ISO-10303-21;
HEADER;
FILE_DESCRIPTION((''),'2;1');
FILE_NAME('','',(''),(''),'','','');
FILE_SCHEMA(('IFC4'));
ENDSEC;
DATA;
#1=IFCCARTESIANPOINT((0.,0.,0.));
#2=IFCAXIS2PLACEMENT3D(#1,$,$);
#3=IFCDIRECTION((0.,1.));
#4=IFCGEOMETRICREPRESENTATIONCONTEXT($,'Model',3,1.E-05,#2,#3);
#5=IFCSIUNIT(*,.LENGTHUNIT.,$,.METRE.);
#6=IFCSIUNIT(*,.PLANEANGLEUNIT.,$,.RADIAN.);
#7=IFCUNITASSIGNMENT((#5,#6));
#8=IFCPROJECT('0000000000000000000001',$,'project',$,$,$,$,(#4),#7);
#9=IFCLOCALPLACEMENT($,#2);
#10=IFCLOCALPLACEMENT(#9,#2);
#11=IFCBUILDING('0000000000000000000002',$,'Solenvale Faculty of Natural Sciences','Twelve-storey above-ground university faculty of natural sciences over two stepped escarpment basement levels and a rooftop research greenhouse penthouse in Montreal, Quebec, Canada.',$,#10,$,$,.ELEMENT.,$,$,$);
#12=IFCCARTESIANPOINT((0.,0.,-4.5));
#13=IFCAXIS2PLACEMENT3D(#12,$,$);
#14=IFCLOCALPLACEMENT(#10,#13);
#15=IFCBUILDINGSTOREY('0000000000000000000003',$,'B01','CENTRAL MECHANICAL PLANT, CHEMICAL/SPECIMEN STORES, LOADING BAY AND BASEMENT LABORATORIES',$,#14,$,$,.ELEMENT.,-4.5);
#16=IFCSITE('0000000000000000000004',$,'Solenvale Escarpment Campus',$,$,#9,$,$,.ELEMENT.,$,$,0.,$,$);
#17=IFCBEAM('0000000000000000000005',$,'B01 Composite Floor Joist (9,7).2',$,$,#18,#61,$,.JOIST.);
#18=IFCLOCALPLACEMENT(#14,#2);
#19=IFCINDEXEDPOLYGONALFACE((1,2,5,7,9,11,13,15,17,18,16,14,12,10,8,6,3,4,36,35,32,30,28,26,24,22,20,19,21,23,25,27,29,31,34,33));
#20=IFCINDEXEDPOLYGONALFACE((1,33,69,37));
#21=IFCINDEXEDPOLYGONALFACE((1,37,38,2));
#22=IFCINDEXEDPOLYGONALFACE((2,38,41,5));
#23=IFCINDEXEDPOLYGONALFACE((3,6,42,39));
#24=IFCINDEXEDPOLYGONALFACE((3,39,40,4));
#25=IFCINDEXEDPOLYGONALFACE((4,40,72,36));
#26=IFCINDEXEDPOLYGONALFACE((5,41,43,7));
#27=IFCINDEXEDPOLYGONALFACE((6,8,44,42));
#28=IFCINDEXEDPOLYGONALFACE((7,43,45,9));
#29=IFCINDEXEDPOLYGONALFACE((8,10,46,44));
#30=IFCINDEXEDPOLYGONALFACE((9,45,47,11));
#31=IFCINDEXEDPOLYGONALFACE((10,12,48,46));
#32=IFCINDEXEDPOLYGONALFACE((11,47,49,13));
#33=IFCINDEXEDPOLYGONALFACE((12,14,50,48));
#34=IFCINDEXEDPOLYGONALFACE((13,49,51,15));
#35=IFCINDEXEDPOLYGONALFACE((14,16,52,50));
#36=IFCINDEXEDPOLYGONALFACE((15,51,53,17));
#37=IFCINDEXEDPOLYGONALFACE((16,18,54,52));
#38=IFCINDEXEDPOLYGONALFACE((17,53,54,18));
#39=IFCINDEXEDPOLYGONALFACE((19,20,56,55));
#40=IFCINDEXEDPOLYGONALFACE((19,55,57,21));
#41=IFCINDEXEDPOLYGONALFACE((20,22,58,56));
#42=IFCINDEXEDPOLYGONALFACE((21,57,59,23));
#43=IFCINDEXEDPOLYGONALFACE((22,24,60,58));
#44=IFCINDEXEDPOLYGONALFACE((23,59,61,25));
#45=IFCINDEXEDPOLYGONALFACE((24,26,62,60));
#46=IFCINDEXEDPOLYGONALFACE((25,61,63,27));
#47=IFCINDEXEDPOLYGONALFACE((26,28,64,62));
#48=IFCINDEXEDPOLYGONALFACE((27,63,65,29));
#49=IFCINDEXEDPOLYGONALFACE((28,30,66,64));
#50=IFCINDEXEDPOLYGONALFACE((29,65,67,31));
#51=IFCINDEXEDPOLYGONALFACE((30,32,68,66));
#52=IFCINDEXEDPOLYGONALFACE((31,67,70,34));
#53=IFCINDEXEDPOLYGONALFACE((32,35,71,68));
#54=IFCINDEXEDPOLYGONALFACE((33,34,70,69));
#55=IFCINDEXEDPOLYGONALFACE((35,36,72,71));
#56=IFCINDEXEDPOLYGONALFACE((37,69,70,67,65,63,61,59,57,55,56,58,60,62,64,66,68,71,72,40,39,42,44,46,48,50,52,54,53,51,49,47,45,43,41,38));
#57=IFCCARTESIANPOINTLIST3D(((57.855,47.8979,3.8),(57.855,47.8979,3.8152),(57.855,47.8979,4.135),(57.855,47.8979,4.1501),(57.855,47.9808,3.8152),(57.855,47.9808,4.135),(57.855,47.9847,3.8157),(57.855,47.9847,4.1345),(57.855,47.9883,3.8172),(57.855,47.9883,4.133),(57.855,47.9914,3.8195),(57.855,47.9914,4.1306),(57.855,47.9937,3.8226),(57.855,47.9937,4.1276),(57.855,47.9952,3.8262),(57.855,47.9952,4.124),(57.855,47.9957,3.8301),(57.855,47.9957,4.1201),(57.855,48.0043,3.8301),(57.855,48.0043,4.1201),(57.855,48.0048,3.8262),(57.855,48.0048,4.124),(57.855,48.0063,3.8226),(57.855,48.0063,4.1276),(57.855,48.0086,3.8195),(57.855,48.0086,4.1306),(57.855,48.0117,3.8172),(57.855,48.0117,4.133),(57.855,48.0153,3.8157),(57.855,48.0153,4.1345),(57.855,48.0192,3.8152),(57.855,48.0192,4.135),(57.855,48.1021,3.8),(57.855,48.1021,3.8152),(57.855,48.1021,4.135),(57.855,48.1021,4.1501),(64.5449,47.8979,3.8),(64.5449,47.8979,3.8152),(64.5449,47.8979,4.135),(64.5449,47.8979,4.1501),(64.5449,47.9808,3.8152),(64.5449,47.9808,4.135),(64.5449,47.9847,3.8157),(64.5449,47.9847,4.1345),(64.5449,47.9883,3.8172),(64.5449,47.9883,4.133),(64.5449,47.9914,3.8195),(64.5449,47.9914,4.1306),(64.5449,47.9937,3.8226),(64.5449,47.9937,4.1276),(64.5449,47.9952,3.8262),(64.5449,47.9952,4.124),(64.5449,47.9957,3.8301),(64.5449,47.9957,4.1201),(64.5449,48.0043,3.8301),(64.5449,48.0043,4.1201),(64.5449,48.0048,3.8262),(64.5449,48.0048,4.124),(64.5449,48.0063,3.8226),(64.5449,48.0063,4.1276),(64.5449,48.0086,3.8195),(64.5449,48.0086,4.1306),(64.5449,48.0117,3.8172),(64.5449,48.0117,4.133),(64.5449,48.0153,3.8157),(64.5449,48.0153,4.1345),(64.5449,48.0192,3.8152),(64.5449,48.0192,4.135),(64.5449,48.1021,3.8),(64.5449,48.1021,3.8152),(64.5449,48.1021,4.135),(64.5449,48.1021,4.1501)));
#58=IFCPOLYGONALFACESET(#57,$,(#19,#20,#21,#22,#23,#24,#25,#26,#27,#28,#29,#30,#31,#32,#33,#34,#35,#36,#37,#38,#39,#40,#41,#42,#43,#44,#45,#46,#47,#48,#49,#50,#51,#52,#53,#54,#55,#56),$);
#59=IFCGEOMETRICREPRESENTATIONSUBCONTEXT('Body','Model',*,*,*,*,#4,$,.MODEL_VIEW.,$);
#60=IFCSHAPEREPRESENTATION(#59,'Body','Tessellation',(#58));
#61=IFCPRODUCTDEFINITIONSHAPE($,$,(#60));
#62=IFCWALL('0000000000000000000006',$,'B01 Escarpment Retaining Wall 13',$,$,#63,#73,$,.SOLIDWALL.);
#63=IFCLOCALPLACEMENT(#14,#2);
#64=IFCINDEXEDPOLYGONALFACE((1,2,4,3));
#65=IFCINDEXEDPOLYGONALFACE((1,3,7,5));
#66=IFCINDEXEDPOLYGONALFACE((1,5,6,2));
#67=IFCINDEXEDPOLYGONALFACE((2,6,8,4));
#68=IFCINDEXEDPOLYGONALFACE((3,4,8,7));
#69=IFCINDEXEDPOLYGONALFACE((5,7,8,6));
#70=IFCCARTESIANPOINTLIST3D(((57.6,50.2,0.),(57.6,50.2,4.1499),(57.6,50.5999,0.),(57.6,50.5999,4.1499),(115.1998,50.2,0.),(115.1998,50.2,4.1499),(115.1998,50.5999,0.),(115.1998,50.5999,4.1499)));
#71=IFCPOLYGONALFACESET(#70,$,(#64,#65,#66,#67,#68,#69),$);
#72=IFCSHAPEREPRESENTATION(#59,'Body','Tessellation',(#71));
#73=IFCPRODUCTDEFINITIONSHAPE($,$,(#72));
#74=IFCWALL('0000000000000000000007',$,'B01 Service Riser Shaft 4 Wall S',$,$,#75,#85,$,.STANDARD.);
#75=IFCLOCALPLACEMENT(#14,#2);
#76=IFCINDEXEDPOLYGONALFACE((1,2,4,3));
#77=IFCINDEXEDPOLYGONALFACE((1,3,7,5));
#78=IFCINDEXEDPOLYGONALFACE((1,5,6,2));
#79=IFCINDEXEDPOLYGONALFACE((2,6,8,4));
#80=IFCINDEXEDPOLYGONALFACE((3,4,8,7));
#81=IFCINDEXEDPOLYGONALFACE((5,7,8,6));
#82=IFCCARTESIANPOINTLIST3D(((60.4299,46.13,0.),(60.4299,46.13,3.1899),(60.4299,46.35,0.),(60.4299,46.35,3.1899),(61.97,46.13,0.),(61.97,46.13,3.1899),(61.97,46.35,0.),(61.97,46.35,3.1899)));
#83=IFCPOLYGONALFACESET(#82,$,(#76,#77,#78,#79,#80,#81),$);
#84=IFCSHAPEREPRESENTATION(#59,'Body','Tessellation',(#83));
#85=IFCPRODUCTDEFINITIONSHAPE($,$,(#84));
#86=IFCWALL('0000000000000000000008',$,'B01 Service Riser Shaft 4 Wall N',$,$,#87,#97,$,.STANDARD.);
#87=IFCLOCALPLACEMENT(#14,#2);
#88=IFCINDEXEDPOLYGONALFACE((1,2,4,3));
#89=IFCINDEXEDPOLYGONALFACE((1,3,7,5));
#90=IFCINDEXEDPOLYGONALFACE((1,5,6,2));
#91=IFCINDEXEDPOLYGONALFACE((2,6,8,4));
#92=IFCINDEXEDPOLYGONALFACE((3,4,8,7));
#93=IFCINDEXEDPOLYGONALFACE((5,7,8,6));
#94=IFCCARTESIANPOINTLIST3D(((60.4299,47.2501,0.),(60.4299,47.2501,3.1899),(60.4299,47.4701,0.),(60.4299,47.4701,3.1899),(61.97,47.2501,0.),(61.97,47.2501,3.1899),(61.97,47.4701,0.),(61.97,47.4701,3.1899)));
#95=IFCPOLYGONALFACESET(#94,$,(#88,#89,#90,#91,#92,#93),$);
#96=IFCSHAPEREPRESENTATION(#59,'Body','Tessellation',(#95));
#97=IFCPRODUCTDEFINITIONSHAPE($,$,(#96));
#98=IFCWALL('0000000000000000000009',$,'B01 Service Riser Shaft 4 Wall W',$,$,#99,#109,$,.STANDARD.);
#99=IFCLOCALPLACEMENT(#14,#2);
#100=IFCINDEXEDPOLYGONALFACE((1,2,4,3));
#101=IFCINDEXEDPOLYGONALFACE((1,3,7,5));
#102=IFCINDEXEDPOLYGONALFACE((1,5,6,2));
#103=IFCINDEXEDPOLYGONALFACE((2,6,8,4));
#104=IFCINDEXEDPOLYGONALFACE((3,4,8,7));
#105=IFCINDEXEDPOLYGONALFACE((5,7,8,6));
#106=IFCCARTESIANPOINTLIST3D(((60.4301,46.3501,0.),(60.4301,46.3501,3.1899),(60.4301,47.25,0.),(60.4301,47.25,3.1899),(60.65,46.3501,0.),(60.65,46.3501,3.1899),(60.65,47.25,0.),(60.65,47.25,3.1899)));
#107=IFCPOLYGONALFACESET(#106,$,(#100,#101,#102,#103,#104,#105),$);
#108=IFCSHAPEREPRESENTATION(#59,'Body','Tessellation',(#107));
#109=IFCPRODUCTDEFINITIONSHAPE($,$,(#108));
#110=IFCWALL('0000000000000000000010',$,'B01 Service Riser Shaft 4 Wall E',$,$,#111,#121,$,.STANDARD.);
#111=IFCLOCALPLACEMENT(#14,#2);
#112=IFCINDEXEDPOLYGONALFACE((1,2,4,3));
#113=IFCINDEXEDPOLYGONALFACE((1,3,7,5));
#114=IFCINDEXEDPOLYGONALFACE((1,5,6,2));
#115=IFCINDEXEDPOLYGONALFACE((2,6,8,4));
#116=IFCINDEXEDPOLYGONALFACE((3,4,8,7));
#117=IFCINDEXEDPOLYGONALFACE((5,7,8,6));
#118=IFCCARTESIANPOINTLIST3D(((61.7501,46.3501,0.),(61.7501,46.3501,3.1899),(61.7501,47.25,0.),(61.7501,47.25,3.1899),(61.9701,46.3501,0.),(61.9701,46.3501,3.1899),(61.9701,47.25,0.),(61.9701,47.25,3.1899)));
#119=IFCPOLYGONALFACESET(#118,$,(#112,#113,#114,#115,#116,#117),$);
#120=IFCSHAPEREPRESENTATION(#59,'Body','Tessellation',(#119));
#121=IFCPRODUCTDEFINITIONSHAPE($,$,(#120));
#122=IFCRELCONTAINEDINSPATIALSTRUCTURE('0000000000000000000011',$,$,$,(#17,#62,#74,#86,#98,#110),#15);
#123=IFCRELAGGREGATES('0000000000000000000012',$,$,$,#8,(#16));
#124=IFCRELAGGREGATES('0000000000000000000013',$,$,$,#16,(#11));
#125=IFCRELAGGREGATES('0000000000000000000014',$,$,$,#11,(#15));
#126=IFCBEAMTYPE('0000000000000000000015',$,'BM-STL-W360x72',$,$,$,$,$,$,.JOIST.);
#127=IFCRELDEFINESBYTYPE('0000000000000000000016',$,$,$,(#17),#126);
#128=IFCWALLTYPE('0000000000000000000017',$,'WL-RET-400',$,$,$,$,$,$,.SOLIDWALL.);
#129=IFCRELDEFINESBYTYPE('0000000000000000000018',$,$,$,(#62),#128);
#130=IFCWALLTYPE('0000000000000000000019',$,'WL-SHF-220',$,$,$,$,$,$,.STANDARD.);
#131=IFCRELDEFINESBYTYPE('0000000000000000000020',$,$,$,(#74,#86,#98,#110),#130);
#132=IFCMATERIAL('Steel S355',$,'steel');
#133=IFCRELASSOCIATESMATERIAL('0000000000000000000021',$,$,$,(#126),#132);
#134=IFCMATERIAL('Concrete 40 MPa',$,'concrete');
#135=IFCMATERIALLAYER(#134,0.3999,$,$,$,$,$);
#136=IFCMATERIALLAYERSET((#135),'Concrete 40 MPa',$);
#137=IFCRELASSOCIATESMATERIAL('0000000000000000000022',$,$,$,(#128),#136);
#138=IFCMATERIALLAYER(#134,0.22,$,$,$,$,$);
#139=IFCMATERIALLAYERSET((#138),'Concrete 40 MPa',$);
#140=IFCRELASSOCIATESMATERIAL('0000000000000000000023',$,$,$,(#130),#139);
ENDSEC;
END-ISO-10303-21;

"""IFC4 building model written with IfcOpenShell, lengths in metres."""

from ifc_helpers import new_model, si_unit, direction, frame, frame_2d, origin, origin_2d, place, context, subcontext, project, spatial, rectangle, i_section, extrude, material, layer, layer_set, material_profile, profile_set, type_object, element, save


model = new_model("IFC4")

# Units and contexts
model_context = context("Model", 3, precision=1e-05, world=origin(), true_north=direction((0.0, 1.0)))
body_context = subcontext(model_context, "Body", "Model", "MODEL_VIEW")
ifc_project = project(units=[si_unit("LENGTHUNIT", "METRE"), si_unit("PLANEANGLEUNIT", "RADIAN")], contexts=[model_context])

# Site, building, storey
site_placement = place(None, origin())
site = spatial("IfcSite", under=ifc_project, at=site_placement, Name="Solenvale Escarpment Campus", CompositionType="ELEMENT", RefElevation=0.0)
building_placement = place(site_placement, origin())
building = spatial("IfcBuilding", under=site, at=building_placement, Name="Solenvale Faculty of Natural Sciences", Description="Twelve-storey above-ground university faculty of natural sciences over two stepped escarpment basement levels and a rooftop research greenhouse penthouse in Montreal, Quebec, Canada.", CompositionType="ELEMENT")
storey_placement = place(building_placement, frame((0.0, 0.0, -4.5)))
storey = spatial("IfcBuildingStorey", under=building, at=storey_placement, Name="B01", Description="CENTRAL MECHANICAL PLANT, CHEMICAL/SPECIMEN STORES, LOADING BAY AND BASEMENT LABORATORIES", CompositionType="ELEMENT", Elevation=-4.5)

# Shared definitions
ifc_material_1 = material(Name="Concrete 40 MPa", Category="concrete")

# Beam
ifc_material_2 = material(Name="Steel S355", Category="steel")
ifc_material_profile_1 = material_profile(ifc_material_2, i_section(OverallWidth=0.2041, OverallDepth=0.3501, WebThickness=0.0085, FlangeThickness=0.0151, FilletRadius=0.0149, at=origin_2d()), Name="W360x72")
ifc_profile_set_1 = profile_set([ifc_material_profile_1], Name="Steel S355")
beam_type_1 = type_object("IfcBeamType", Name="BM-STL-W360x72", PredefinedType="JOIST", material=ifc_profile_set_1)
for number, where, z_axis, x_axis, name in (
    (1, (57.855, 48.0, 3.9751), (1.0, 0.0, 0.0), (0.0, 1.0, 0.0), "B01 Composite Floor Joist (9,7).2"),
):
    element("IfcBeam", number, at=place(storey_placement, frame(where, z_axis=z_axis, x_axis=x_axis)), inside=storey, type_object=beam_type_1, Name=name, PredefinedType="JOIST", context=body_context, shape_type="SweptSolid", body=[
        extrude(i_section(OverallWidth=0.2041, OverallDepth=0.3501, WebThickness=0.0085, FlangeThickness=0.0151, FilletRadius=0.0149, at=origin_2d()), origin(), (0.0, 0.0, 1.0), 6.6899),
    ])

# Walls
ifc_layer_1 = layer(ifc_material_1, 0.3999)
ifc_layer_set_1 = layer_set([ifc_layer_1], Name="Concrete 40 MPa")
wall_type_1 = type_object("IfcWallType", Name="WL-RET-400", PredefinedType="SOLIDWALL", material=ifc_layer_set_1)
wall_placement = place(storey_placement, frame((57.6001, 50.3999, 0.0), z_axis=(0.0, 0.0, 1.0), x_axis=(1.0, 0.0, 0.0)))
element("IfcWall", 2, at=wall_placement, inside=storey, type_object=wall_type_1, Name="B01 Escarpment Retaining Wall 13", PredefinedType="SOLIDWALL", context=body_context, shape_type="SweptSolid", body=[
    extrude(rectangle(XDim=57.5999, YDim=0.3999, at=frame_2d((28.7998, 0.0))), origin(), (0.0, 0.0, 1.0), 4.1499),
])
ifc_layer_2 = layer(ifc_material_1, 0.22)
ifc_layer_set_2 = layer_set([ifc_layer_2], Name="Concrete 40 MPa")
wall_type_2 = type_object("IfcWallType", Name="WL-SHF-220", PredefinedType="STANDARD", material=ifc_layer_set_2)
for number, where, z_axis, x_axis, name in (
    (3, (60.4299, 46.24, 0.0), (0.0, 0.0, 1.0), (1.0, 0.0, 0.0), "B01 Service Riser Shaft 4 Wall S"),
    (4, (60.4299, 47.3601, 0.0), (0.0, 0.0, 1.0), (1.0, 0.0, 0.0), "B01 Service Riser Shaft 4 Wall N"),
):
    element("IfcWall", number, at=place(storey_placement, frame(where, z_axis=z_axis, x_axis=x_axis)), inside=storey, type_object=wall_type_2, Name=name, PredefinedType="STANDARD", context=body_context, shape_type="SweptSolid", body=[
        extrude(rectangle(XDim=1.54, YDim=0.22, at=frame_2d((0.77, 0.0))), origin(), (0.0, 0.0, 1.0), 3.1899),
    ])
for number, where, z_axis, x_axis, name in (
    (5, (60.54, 46.3501, 0.0), (0.0, 0.0, 1.0), (0.0, 1.0, 0.0), "B01 Service Riser Shaft 4 Wall W"),
    (6, (61.8601, 46.3501, 0.0), (0.0, 0.0, 1.0), (0.0, 1.0, 0.0), "B01 Service Riser Shaft 4 Wall E"),
):
    element("IfcWall", number, at=place(storey_placement, frame(where, z_axis=z_axis, x_axis=x_axis)), inside=storey, type_object=wall_type_2, Name=name, PredefinedType="STANDARD", context=body_context, shape_type="SweptSolid", body=[
        extrude(rectangle(XDim=0.8999, YDim=0.22, at=frame_2d((0.45, 0.0))), origin(), (0.0, 0.0, 1.0), 3.1899),
    ])

save(model, "model.ifc")
